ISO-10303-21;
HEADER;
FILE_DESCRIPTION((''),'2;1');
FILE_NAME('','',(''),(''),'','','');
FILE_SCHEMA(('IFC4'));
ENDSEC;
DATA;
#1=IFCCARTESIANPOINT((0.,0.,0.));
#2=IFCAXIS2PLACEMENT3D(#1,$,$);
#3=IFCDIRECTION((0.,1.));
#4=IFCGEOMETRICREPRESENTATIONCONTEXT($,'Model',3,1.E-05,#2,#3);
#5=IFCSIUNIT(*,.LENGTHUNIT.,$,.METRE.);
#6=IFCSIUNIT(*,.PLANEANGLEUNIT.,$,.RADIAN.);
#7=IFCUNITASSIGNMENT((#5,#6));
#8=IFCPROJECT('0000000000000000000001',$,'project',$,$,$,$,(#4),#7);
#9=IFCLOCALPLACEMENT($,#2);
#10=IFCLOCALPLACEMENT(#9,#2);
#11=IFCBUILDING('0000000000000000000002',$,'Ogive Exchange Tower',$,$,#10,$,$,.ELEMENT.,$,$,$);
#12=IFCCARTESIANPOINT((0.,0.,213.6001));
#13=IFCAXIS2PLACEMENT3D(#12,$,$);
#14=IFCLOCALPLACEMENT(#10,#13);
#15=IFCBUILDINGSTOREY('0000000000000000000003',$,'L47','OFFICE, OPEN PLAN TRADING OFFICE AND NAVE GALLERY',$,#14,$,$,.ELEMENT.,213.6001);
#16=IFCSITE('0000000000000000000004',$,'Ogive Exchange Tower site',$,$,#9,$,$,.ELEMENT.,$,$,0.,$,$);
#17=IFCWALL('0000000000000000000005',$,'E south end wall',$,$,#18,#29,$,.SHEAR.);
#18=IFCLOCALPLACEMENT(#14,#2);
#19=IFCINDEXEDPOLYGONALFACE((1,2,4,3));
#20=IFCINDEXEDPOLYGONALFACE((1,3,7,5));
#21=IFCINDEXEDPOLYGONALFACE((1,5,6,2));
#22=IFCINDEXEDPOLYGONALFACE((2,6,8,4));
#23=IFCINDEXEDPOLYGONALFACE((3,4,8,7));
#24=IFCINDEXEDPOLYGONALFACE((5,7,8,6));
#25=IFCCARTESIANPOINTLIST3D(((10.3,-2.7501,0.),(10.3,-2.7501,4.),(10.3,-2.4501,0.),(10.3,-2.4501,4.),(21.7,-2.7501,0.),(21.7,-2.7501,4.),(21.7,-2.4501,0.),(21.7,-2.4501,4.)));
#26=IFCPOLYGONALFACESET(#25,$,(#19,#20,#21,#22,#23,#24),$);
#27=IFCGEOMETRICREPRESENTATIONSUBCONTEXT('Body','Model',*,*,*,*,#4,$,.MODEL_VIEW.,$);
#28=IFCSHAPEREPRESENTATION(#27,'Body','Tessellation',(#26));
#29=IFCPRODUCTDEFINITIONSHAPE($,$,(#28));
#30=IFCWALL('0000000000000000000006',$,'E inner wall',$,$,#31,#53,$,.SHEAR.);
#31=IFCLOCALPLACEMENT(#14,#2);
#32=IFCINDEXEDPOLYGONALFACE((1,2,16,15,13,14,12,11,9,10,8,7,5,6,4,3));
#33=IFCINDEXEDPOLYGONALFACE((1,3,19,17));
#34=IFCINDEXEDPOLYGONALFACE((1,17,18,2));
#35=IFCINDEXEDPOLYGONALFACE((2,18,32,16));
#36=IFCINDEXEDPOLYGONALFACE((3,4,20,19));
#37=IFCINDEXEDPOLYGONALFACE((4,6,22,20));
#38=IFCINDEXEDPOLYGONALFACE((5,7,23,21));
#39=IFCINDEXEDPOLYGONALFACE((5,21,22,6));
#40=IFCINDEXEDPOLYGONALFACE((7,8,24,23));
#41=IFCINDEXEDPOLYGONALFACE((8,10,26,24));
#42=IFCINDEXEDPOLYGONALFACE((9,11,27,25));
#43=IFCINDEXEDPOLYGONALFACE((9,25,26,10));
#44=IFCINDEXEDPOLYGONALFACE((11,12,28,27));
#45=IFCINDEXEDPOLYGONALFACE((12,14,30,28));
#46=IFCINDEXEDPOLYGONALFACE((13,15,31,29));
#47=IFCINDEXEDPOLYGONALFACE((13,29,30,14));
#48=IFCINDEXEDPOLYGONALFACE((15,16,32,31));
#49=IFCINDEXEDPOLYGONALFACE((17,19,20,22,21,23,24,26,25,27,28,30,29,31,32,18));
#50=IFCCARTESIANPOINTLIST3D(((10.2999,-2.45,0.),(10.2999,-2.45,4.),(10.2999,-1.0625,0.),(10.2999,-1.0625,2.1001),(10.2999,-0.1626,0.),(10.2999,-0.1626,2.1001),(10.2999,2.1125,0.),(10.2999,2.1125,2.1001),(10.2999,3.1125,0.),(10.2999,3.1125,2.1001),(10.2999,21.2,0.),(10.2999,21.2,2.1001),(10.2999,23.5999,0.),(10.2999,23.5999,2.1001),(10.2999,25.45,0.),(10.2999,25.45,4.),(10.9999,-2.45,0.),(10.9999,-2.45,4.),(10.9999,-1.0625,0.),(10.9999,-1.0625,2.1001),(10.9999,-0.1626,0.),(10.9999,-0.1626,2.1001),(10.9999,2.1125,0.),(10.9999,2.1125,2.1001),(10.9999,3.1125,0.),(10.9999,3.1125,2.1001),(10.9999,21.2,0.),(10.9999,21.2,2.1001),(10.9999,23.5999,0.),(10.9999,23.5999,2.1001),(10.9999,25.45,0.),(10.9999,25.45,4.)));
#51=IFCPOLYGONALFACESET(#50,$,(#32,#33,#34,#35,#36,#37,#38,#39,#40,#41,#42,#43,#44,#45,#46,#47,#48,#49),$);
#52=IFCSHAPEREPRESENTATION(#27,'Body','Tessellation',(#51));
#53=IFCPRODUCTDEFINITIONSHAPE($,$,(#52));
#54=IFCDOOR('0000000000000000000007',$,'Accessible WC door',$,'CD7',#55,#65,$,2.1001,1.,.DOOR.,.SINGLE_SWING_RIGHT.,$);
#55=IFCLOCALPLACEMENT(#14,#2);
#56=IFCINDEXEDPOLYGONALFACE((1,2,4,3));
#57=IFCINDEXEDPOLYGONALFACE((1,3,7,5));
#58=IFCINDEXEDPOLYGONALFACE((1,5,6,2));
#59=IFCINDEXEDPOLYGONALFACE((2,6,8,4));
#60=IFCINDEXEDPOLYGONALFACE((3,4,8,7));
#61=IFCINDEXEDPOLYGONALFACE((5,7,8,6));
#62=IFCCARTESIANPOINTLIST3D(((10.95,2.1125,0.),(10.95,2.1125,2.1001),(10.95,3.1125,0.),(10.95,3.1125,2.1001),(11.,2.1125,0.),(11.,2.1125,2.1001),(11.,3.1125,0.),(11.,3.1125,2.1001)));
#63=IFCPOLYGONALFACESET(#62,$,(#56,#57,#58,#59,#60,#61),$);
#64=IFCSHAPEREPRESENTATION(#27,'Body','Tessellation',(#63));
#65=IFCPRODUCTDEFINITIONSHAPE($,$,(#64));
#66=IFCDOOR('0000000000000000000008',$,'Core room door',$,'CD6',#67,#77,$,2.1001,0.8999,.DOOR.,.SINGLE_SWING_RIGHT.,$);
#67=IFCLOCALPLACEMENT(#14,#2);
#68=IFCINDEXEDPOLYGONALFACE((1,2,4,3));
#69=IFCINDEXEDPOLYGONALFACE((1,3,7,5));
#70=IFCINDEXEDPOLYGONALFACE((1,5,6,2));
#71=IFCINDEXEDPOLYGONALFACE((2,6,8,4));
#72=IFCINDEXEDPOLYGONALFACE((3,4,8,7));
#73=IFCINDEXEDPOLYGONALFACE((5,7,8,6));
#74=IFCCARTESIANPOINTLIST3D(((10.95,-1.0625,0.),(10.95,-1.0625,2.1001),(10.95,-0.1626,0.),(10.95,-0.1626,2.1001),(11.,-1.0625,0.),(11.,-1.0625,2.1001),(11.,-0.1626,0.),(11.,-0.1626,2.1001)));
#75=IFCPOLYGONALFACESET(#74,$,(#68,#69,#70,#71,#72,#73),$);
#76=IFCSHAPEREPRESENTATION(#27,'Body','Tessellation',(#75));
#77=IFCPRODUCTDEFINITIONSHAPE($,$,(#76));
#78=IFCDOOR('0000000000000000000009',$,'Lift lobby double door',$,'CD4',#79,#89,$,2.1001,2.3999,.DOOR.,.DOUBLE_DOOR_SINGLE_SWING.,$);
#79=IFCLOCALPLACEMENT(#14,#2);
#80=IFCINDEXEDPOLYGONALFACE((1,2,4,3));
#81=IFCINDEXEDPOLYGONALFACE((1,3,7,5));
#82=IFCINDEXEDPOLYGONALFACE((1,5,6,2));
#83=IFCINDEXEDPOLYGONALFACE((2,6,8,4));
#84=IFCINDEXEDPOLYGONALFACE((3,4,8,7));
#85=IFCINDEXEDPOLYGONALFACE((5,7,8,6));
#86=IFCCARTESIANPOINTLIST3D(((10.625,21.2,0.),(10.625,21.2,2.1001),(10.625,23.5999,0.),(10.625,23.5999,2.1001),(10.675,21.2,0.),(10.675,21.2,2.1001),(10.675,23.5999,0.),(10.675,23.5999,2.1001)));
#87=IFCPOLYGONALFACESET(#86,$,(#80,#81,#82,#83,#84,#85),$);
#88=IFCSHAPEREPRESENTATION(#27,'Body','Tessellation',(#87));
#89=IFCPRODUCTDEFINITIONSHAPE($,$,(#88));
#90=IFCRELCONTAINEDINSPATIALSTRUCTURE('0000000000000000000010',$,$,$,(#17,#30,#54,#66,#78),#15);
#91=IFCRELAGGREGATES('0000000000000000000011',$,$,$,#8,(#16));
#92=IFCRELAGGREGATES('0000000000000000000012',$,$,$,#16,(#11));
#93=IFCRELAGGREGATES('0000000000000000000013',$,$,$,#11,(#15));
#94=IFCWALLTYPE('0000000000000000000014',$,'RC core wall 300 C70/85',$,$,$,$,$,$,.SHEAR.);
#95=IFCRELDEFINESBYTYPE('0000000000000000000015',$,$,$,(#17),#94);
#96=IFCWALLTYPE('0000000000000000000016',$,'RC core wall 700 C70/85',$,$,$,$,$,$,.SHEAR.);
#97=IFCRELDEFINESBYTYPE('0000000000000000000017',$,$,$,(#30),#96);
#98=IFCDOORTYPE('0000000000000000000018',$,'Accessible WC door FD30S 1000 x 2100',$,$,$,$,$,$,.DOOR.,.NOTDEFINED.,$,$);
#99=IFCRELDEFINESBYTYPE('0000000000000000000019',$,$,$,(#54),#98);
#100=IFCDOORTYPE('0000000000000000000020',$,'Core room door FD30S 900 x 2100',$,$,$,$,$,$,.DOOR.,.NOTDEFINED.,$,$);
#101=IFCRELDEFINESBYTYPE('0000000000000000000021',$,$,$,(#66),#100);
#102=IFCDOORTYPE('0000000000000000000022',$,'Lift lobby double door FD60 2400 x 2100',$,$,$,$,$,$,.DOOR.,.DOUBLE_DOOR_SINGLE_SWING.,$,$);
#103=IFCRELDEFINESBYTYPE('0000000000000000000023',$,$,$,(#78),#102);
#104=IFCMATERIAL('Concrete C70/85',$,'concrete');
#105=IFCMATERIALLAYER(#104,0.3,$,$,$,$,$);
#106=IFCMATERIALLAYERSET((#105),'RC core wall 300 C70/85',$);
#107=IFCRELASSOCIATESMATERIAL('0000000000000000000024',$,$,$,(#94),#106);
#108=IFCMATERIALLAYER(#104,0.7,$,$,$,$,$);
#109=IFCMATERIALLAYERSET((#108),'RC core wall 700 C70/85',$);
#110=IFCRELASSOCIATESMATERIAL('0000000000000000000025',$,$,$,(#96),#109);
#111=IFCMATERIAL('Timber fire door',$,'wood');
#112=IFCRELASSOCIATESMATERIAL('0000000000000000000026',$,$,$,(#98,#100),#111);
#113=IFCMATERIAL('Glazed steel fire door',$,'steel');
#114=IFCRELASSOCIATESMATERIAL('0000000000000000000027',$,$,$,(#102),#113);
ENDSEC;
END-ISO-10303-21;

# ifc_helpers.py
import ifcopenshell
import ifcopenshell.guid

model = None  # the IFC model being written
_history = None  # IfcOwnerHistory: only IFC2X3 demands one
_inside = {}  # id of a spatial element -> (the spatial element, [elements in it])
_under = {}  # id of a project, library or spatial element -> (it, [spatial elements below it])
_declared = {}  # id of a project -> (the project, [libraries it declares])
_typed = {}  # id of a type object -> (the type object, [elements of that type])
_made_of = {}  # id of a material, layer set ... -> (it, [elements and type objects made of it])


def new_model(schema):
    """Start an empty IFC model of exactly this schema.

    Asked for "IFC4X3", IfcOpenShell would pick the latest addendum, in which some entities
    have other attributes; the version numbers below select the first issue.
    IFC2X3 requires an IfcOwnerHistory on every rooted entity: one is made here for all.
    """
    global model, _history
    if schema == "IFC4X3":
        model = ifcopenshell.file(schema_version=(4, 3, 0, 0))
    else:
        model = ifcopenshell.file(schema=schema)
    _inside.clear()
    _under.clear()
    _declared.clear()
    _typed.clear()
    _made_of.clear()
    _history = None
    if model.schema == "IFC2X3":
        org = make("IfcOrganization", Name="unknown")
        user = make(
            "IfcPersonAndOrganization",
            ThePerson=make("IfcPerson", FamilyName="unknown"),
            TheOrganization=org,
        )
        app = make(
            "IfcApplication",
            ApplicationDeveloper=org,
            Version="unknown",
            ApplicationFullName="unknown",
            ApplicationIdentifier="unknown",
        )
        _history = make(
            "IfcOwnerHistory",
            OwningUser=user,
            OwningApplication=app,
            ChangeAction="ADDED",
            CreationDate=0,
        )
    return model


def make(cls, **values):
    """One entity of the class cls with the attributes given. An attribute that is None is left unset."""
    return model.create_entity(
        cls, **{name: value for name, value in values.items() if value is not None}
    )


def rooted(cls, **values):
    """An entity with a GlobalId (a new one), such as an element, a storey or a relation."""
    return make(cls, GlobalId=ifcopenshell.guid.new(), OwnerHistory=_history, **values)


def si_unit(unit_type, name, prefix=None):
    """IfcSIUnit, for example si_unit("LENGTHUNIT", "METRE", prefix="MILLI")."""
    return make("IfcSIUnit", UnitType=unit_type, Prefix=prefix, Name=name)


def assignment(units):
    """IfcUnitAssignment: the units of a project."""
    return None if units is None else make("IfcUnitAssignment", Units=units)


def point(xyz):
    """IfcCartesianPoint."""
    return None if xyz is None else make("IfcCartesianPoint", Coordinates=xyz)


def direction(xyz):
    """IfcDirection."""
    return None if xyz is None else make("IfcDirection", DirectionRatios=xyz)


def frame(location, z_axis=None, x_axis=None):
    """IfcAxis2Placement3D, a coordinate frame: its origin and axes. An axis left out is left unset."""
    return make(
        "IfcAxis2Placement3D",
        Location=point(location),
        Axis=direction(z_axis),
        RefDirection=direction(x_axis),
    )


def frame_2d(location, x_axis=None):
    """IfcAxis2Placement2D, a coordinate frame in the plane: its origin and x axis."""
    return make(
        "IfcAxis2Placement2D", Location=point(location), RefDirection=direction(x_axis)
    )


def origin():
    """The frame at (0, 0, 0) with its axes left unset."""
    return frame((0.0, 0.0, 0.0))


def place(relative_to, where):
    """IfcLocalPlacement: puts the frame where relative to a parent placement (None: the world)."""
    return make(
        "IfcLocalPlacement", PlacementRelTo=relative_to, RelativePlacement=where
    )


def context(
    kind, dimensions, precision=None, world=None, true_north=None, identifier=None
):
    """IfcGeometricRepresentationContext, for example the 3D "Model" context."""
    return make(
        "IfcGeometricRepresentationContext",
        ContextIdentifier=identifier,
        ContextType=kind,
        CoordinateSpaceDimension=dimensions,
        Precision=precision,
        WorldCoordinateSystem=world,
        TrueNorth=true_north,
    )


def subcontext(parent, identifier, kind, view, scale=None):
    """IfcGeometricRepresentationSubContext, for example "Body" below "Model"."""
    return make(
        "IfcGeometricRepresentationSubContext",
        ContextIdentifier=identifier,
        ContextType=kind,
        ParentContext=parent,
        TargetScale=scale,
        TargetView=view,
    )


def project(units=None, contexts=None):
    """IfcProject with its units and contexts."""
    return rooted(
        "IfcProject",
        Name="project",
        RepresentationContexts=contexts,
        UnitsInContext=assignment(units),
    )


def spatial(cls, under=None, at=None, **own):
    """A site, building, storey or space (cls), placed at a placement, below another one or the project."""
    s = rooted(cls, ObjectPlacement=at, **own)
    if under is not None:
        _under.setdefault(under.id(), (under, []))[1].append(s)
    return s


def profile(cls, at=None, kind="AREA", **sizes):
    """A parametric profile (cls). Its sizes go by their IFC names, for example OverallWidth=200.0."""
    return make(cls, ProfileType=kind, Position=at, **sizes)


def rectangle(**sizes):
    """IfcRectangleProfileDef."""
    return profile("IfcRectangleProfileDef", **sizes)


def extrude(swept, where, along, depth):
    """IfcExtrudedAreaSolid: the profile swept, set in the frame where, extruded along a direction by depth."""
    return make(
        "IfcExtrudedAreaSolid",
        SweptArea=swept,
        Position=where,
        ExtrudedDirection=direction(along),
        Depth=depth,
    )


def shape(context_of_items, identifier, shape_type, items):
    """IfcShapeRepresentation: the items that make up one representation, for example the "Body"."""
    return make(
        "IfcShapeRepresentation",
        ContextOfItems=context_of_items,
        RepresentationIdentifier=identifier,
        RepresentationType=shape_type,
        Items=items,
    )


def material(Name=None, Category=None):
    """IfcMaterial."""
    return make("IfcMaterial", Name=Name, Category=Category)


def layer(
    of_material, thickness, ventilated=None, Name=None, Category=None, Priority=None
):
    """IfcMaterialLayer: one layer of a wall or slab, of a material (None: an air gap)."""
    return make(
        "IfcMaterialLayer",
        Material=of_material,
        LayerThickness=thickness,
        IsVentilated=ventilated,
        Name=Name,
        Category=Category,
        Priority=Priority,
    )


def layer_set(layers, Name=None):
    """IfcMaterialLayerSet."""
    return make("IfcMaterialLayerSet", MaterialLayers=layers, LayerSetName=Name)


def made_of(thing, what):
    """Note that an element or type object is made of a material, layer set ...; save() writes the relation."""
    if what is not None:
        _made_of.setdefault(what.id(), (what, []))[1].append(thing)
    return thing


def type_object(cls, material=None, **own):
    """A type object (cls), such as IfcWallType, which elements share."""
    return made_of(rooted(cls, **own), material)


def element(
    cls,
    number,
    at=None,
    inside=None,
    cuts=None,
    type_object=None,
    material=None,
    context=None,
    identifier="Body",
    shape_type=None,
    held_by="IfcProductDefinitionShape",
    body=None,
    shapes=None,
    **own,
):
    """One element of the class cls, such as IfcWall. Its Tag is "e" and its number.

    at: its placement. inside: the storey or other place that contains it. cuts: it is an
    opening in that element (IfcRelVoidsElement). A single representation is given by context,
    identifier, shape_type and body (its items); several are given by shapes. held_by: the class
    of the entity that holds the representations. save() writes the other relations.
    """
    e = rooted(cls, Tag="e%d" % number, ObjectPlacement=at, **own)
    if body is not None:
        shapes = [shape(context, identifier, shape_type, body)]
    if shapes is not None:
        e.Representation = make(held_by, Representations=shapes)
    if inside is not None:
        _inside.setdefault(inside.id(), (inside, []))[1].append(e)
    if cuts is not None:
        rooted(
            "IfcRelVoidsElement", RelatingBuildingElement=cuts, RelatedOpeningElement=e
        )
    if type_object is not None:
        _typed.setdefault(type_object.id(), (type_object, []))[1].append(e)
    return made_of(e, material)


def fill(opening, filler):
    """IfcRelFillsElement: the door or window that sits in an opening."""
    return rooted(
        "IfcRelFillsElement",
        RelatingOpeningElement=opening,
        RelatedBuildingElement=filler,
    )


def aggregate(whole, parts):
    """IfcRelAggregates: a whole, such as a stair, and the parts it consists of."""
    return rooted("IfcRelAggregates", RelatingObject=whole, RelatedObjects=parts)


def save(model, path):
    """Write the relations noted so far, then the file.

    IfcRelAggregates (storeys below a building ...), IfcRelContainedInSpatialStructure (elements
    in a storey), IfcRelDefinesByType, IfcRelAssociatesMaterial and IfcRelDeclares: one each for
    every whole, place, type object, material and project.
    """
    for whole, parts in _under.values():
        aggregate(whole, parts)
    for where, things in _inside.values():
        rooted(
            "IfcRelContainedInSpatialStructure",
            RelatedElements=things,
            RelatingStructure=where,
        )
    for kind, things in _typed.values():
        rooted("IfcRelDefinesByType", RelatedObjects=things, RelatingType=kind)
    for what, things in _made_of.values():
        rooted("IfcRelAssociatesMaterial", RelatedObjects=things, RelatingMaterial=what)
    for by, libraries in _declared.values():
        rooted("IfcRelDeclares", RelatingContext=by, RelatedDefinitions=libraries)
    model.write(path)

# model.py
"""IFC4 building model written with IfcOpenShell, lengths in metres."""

from ifc_helpers import new_model, si_unit, direction, frame, frame_2d, origin, place, context, subcontext, project, spatial, rectangle, extrude, material, layer, layer_set, type_object, element, fill, save


model = new_model("IFC4")

# Units and contexts
model_context = context("Model", 3, precision=1e-05, world=origin(), true_north=direction((0.0, 1.0)))
body_context = subcontext(model_context, "Body", "Model", "MODEL_VIEW")
ifc_project = project(units=[si_unit("LENGTHUNIT", "METRE"), si_unit("PLANEANGLEUNIT", "RADIAN")], contexts=[model_context])

# Site, building, storey
site_placement = place(None, origin())
site = spatial("IfcSite", under=ifc_project, at=site_placement, Name="Ogive Exchange Tower site", CompositionType="ELEMENT", RefElevation=0.0)
building_placement = place(site_placement, origin())
building = spatial("IfcBuilding", under=site, at=building_placement, Name="Ogive Exchange Tower", CompositionType="ELEMENT")
storey_placement = place(building_placement, frame((0.0, 0.0, 213.6001)))
storey = spatial("IfcBuildingStorey", under=building, at=storey_placement, Name="L47", Description="OFFICE, OPEN PLAN TRADING OFFICE AND NAVE GALLERY", CompositionType="ELEMENT", Elevation=213.6001)

# Shared definitions
ifc_material_1 = material(Name="Concrete C70/85", Category="concrete")

# Wall
ifc_layer_1 = layer(ifc_material_1, 0.3)
ifc_layer_set_1 = layer_set([ifc_layer_1], Name="RC core wall 300 C70/85")
wall_type_1 = type_object("IfcWallType", Name="RC core wall 300 C70/85", PredefinedType="SHEAR", material=ifc_layer_set_1)
wall_1_placement = place(storey_placement, frame((10.3, -2.6001, 0.0), z_axis=(0.0, 0.0, 1.0), x_axis=(1.0, 0.0, 0.0)))
element("IfcWall", 1, at=wall_1_placement, inside=storey, type_object=wall_type_1, Name="E south end wall", PredefinedType="SHEAR", context=body_context, shape_type="SweptSolid", body=[
    extrude(rectangle(XDim=11.3999, YDim=0.3, at=frame_2d((5.7, 0.0))), origin(), (0.0, 0.0, 1.0), 4.0),
])

# Wall, openings, doors
ifc_layer_2 = layer(ifc_material_1, 0.7)
ifc_layer_set_2 = layer_set([ifc_layer_2], Name="RC core wall 700 C70/85")
wall_type_2 = type_object("IfcWallType", Name="RC core wall 700 C70/85", PredefinedType="SHEAR", material=ifc_layer_set_2)
wall_2_placement = place(storey_placement, frame((10.6499, -2.45, 0.0), z_axis=(0.0, 0.0, 1.0), x_axis=(0.0, 1.0, 0.0)))
wall_2 = element("IfcWall", 2, at=wall_2_placement, inside=storey, type_object=wall_type_2, Name="E inner wall", PredefinedType="SHEAR", context=body_context, shape_type="SweptSolid", body=[
    extrude(rectangle(XDim=27.8999, YDim=0.7, at=frame_2d((13.95, 0.0))), origin(), (0.0, 0.0, 1.0), 4.0),
])
opening_1_placement = place(wall_2_placement, frame((23.6499, 0.0, 0.0)))
opening_1 = element("IfcOpeningElement", 3, at=opening_1_placement, cuts=wall_2, PredefinedType="OPENING", context=body_context, shape_type="SweptSolid", body=[
    extrude(rectangle(XDim=2.3999, YDim=2.1001, at=frame_2d((1.2, 1.05))), frame((0.0, 0.3599, 0.0), z_axis=(0.0, -1.0, 0.0), x_axis=(1.0, 0.0, 0.0)), (0.0, 0.0, 1.0), 0.72),
])
opening_2_placement = place(wall_2_placement, frame((1.3875, 0.0, 0.0)))
opening_2 = element("IfcOpeningElement", 4, at=opening_2_placement, cuts=wall_2, PredefinedType="OPENING", context=body_context, shape_type="SweptSolid", body=[
    extrude(rectangle(XDim=0.8999, YDim=2.1001, at=frame_2d((0.45, 1.05))), frame((0.0, 0.3599, 0.0), z_axis=(0.0, -1.0, 0.0), x_axis=(1.0, 0.0, 0.0)), (0.0, 0.0, 1.0), 0.72),
])
opening_3_placement = place(wall_2_placement, frame((4.5625, 0.0, 0.0)))
opening_3 = element("IfcOpeningElement", 5, at=opening_3_placement, cuts=wall_2, PredefinedType="OPENING", context=body_context, shape_type="SweptSolid", body=[
    extrude(rectangle(XDim=1.0, YDim=2.1001, at=frame_2d((0.5, 1.05))), frame((0.0, 0.3599, 0.0), z_axis=(0.0, -1.0, 0.0), x_axis=(1.0, 0.0, 0.0)), (0.0, 0.0, 1.0), 0.72),
])
ifc_material_2 = material(Name="Timber fire door", Category="wood")
door_type_1 = type_object("IfcDoorType", Name="Accessible WC door FD30S 1000 x 2100", OperationType="NOTDEFINED", PredefinedType="DOOR", material=ifc_material_2)
door_1_placement = place(opening_3_placement, frame((1.0, -0.6499, 0.0), z_axis=(0.0, 0.0, 1.0), x_axis=(-1.0, 0.0, 0.0)))
door_1 = element("IfcDoor", 6, at=door_1_placement, inside=storey, type_object=door_type_1, Name="Accessible WC door", ObjectType="CD7", OperationType="SINGLE_SWING_RIGHT", OverallHeight=2.1001, OverallWidth=1.0, PredefinedType="DOOR", context=body_context, shape_type="SweptSolid", body=[
    extrude(rectangle(XDim=1.0, YDim=2.1001, at=frame_2d((0.5, 1.05))), frame((0.0, -0.2998, 0.0), z_axis=(0.0, -1.0, 0.0), x_axis=(1.0, 0.0, 0.0)), (0.0, 0.0, 1.0), 0.05),
])
fill(opening_3, door_1)
door_type_2 = type_object("IfcDoorType", Name="Core room door FD30S 900 x 2100", OperationType="NOTDEFINED", PredefinedType="DOOR", material=ifc_material_2)
door_2_placement = place(opening_2_placement, frame((0.8999, -0.6499, 0.0), z_axis=(0.0, 0.0, 1.0), x_axis=(-1.0, 0.0, 0.0)))
door_2 = element("IfcDoor", 7, at=door_2_placement, inside=storey, type_object=door_type_2, Name="Core room door", ObjectType="CD6", OperationType="SINGLE_SWING_RIGHT", OverallHeight=2.1001, OverallWidth=0.8999, PredefinedType="DOOR", context=body_context, shape_type="SweptSolid", body=[
    extrude(rectangle(XDim=0.8999, YDim=2.1001, at=frame_2d((0.45, 1.05))), frame((0.0, -0.2998, 0.0), z_axis=(0.0, -1.0, 0.0), x_axis=(1.0, 0.0, 0.0)), (0.0, 0.0, 1.0), 0.05),
])
fill(opening_2, door_2)
ifc_material_3 = material(Name="Glazed steel fire door", Category="steel")
door_type_3 = type_object("IfcDoorType", Name="Lift lobby double door FD60 2400 x 2100", OperationType="DOUBLE_DOOR_SINGLE_SWING", PredefinedType="DOOR", material=ifc_material_3)
door_3_placement = place(opening_1_placement, origin())
door_3 = element("IfcDoor", 8, at=door_3_placement, inside=storey, type_object=door_type_3, Name="Lift lobby double door", ObjectType="CD4", OperationType="DOUBLE_DOOR_SINGLE_SWING", OverallHeight=2.1001, OverallWidth=2.3999, PredefinedType="DOOR", context=body_context, shape_type="SweptSolid", body=[
    extrude(rectangle(XDim=2.3999, YDim=2.1001, at=frame_2d((1.2, 1.05))), frame((0.0, 0.0249, 0.0), z_axis=(0.0, -1.0, 0.0), x_axis=(1.0, 0.0, 0.0)), (0.0, 0.0, 1.0), 0.05),
])
fill(opening_1, door_3)

save(model, "model.ifc")
